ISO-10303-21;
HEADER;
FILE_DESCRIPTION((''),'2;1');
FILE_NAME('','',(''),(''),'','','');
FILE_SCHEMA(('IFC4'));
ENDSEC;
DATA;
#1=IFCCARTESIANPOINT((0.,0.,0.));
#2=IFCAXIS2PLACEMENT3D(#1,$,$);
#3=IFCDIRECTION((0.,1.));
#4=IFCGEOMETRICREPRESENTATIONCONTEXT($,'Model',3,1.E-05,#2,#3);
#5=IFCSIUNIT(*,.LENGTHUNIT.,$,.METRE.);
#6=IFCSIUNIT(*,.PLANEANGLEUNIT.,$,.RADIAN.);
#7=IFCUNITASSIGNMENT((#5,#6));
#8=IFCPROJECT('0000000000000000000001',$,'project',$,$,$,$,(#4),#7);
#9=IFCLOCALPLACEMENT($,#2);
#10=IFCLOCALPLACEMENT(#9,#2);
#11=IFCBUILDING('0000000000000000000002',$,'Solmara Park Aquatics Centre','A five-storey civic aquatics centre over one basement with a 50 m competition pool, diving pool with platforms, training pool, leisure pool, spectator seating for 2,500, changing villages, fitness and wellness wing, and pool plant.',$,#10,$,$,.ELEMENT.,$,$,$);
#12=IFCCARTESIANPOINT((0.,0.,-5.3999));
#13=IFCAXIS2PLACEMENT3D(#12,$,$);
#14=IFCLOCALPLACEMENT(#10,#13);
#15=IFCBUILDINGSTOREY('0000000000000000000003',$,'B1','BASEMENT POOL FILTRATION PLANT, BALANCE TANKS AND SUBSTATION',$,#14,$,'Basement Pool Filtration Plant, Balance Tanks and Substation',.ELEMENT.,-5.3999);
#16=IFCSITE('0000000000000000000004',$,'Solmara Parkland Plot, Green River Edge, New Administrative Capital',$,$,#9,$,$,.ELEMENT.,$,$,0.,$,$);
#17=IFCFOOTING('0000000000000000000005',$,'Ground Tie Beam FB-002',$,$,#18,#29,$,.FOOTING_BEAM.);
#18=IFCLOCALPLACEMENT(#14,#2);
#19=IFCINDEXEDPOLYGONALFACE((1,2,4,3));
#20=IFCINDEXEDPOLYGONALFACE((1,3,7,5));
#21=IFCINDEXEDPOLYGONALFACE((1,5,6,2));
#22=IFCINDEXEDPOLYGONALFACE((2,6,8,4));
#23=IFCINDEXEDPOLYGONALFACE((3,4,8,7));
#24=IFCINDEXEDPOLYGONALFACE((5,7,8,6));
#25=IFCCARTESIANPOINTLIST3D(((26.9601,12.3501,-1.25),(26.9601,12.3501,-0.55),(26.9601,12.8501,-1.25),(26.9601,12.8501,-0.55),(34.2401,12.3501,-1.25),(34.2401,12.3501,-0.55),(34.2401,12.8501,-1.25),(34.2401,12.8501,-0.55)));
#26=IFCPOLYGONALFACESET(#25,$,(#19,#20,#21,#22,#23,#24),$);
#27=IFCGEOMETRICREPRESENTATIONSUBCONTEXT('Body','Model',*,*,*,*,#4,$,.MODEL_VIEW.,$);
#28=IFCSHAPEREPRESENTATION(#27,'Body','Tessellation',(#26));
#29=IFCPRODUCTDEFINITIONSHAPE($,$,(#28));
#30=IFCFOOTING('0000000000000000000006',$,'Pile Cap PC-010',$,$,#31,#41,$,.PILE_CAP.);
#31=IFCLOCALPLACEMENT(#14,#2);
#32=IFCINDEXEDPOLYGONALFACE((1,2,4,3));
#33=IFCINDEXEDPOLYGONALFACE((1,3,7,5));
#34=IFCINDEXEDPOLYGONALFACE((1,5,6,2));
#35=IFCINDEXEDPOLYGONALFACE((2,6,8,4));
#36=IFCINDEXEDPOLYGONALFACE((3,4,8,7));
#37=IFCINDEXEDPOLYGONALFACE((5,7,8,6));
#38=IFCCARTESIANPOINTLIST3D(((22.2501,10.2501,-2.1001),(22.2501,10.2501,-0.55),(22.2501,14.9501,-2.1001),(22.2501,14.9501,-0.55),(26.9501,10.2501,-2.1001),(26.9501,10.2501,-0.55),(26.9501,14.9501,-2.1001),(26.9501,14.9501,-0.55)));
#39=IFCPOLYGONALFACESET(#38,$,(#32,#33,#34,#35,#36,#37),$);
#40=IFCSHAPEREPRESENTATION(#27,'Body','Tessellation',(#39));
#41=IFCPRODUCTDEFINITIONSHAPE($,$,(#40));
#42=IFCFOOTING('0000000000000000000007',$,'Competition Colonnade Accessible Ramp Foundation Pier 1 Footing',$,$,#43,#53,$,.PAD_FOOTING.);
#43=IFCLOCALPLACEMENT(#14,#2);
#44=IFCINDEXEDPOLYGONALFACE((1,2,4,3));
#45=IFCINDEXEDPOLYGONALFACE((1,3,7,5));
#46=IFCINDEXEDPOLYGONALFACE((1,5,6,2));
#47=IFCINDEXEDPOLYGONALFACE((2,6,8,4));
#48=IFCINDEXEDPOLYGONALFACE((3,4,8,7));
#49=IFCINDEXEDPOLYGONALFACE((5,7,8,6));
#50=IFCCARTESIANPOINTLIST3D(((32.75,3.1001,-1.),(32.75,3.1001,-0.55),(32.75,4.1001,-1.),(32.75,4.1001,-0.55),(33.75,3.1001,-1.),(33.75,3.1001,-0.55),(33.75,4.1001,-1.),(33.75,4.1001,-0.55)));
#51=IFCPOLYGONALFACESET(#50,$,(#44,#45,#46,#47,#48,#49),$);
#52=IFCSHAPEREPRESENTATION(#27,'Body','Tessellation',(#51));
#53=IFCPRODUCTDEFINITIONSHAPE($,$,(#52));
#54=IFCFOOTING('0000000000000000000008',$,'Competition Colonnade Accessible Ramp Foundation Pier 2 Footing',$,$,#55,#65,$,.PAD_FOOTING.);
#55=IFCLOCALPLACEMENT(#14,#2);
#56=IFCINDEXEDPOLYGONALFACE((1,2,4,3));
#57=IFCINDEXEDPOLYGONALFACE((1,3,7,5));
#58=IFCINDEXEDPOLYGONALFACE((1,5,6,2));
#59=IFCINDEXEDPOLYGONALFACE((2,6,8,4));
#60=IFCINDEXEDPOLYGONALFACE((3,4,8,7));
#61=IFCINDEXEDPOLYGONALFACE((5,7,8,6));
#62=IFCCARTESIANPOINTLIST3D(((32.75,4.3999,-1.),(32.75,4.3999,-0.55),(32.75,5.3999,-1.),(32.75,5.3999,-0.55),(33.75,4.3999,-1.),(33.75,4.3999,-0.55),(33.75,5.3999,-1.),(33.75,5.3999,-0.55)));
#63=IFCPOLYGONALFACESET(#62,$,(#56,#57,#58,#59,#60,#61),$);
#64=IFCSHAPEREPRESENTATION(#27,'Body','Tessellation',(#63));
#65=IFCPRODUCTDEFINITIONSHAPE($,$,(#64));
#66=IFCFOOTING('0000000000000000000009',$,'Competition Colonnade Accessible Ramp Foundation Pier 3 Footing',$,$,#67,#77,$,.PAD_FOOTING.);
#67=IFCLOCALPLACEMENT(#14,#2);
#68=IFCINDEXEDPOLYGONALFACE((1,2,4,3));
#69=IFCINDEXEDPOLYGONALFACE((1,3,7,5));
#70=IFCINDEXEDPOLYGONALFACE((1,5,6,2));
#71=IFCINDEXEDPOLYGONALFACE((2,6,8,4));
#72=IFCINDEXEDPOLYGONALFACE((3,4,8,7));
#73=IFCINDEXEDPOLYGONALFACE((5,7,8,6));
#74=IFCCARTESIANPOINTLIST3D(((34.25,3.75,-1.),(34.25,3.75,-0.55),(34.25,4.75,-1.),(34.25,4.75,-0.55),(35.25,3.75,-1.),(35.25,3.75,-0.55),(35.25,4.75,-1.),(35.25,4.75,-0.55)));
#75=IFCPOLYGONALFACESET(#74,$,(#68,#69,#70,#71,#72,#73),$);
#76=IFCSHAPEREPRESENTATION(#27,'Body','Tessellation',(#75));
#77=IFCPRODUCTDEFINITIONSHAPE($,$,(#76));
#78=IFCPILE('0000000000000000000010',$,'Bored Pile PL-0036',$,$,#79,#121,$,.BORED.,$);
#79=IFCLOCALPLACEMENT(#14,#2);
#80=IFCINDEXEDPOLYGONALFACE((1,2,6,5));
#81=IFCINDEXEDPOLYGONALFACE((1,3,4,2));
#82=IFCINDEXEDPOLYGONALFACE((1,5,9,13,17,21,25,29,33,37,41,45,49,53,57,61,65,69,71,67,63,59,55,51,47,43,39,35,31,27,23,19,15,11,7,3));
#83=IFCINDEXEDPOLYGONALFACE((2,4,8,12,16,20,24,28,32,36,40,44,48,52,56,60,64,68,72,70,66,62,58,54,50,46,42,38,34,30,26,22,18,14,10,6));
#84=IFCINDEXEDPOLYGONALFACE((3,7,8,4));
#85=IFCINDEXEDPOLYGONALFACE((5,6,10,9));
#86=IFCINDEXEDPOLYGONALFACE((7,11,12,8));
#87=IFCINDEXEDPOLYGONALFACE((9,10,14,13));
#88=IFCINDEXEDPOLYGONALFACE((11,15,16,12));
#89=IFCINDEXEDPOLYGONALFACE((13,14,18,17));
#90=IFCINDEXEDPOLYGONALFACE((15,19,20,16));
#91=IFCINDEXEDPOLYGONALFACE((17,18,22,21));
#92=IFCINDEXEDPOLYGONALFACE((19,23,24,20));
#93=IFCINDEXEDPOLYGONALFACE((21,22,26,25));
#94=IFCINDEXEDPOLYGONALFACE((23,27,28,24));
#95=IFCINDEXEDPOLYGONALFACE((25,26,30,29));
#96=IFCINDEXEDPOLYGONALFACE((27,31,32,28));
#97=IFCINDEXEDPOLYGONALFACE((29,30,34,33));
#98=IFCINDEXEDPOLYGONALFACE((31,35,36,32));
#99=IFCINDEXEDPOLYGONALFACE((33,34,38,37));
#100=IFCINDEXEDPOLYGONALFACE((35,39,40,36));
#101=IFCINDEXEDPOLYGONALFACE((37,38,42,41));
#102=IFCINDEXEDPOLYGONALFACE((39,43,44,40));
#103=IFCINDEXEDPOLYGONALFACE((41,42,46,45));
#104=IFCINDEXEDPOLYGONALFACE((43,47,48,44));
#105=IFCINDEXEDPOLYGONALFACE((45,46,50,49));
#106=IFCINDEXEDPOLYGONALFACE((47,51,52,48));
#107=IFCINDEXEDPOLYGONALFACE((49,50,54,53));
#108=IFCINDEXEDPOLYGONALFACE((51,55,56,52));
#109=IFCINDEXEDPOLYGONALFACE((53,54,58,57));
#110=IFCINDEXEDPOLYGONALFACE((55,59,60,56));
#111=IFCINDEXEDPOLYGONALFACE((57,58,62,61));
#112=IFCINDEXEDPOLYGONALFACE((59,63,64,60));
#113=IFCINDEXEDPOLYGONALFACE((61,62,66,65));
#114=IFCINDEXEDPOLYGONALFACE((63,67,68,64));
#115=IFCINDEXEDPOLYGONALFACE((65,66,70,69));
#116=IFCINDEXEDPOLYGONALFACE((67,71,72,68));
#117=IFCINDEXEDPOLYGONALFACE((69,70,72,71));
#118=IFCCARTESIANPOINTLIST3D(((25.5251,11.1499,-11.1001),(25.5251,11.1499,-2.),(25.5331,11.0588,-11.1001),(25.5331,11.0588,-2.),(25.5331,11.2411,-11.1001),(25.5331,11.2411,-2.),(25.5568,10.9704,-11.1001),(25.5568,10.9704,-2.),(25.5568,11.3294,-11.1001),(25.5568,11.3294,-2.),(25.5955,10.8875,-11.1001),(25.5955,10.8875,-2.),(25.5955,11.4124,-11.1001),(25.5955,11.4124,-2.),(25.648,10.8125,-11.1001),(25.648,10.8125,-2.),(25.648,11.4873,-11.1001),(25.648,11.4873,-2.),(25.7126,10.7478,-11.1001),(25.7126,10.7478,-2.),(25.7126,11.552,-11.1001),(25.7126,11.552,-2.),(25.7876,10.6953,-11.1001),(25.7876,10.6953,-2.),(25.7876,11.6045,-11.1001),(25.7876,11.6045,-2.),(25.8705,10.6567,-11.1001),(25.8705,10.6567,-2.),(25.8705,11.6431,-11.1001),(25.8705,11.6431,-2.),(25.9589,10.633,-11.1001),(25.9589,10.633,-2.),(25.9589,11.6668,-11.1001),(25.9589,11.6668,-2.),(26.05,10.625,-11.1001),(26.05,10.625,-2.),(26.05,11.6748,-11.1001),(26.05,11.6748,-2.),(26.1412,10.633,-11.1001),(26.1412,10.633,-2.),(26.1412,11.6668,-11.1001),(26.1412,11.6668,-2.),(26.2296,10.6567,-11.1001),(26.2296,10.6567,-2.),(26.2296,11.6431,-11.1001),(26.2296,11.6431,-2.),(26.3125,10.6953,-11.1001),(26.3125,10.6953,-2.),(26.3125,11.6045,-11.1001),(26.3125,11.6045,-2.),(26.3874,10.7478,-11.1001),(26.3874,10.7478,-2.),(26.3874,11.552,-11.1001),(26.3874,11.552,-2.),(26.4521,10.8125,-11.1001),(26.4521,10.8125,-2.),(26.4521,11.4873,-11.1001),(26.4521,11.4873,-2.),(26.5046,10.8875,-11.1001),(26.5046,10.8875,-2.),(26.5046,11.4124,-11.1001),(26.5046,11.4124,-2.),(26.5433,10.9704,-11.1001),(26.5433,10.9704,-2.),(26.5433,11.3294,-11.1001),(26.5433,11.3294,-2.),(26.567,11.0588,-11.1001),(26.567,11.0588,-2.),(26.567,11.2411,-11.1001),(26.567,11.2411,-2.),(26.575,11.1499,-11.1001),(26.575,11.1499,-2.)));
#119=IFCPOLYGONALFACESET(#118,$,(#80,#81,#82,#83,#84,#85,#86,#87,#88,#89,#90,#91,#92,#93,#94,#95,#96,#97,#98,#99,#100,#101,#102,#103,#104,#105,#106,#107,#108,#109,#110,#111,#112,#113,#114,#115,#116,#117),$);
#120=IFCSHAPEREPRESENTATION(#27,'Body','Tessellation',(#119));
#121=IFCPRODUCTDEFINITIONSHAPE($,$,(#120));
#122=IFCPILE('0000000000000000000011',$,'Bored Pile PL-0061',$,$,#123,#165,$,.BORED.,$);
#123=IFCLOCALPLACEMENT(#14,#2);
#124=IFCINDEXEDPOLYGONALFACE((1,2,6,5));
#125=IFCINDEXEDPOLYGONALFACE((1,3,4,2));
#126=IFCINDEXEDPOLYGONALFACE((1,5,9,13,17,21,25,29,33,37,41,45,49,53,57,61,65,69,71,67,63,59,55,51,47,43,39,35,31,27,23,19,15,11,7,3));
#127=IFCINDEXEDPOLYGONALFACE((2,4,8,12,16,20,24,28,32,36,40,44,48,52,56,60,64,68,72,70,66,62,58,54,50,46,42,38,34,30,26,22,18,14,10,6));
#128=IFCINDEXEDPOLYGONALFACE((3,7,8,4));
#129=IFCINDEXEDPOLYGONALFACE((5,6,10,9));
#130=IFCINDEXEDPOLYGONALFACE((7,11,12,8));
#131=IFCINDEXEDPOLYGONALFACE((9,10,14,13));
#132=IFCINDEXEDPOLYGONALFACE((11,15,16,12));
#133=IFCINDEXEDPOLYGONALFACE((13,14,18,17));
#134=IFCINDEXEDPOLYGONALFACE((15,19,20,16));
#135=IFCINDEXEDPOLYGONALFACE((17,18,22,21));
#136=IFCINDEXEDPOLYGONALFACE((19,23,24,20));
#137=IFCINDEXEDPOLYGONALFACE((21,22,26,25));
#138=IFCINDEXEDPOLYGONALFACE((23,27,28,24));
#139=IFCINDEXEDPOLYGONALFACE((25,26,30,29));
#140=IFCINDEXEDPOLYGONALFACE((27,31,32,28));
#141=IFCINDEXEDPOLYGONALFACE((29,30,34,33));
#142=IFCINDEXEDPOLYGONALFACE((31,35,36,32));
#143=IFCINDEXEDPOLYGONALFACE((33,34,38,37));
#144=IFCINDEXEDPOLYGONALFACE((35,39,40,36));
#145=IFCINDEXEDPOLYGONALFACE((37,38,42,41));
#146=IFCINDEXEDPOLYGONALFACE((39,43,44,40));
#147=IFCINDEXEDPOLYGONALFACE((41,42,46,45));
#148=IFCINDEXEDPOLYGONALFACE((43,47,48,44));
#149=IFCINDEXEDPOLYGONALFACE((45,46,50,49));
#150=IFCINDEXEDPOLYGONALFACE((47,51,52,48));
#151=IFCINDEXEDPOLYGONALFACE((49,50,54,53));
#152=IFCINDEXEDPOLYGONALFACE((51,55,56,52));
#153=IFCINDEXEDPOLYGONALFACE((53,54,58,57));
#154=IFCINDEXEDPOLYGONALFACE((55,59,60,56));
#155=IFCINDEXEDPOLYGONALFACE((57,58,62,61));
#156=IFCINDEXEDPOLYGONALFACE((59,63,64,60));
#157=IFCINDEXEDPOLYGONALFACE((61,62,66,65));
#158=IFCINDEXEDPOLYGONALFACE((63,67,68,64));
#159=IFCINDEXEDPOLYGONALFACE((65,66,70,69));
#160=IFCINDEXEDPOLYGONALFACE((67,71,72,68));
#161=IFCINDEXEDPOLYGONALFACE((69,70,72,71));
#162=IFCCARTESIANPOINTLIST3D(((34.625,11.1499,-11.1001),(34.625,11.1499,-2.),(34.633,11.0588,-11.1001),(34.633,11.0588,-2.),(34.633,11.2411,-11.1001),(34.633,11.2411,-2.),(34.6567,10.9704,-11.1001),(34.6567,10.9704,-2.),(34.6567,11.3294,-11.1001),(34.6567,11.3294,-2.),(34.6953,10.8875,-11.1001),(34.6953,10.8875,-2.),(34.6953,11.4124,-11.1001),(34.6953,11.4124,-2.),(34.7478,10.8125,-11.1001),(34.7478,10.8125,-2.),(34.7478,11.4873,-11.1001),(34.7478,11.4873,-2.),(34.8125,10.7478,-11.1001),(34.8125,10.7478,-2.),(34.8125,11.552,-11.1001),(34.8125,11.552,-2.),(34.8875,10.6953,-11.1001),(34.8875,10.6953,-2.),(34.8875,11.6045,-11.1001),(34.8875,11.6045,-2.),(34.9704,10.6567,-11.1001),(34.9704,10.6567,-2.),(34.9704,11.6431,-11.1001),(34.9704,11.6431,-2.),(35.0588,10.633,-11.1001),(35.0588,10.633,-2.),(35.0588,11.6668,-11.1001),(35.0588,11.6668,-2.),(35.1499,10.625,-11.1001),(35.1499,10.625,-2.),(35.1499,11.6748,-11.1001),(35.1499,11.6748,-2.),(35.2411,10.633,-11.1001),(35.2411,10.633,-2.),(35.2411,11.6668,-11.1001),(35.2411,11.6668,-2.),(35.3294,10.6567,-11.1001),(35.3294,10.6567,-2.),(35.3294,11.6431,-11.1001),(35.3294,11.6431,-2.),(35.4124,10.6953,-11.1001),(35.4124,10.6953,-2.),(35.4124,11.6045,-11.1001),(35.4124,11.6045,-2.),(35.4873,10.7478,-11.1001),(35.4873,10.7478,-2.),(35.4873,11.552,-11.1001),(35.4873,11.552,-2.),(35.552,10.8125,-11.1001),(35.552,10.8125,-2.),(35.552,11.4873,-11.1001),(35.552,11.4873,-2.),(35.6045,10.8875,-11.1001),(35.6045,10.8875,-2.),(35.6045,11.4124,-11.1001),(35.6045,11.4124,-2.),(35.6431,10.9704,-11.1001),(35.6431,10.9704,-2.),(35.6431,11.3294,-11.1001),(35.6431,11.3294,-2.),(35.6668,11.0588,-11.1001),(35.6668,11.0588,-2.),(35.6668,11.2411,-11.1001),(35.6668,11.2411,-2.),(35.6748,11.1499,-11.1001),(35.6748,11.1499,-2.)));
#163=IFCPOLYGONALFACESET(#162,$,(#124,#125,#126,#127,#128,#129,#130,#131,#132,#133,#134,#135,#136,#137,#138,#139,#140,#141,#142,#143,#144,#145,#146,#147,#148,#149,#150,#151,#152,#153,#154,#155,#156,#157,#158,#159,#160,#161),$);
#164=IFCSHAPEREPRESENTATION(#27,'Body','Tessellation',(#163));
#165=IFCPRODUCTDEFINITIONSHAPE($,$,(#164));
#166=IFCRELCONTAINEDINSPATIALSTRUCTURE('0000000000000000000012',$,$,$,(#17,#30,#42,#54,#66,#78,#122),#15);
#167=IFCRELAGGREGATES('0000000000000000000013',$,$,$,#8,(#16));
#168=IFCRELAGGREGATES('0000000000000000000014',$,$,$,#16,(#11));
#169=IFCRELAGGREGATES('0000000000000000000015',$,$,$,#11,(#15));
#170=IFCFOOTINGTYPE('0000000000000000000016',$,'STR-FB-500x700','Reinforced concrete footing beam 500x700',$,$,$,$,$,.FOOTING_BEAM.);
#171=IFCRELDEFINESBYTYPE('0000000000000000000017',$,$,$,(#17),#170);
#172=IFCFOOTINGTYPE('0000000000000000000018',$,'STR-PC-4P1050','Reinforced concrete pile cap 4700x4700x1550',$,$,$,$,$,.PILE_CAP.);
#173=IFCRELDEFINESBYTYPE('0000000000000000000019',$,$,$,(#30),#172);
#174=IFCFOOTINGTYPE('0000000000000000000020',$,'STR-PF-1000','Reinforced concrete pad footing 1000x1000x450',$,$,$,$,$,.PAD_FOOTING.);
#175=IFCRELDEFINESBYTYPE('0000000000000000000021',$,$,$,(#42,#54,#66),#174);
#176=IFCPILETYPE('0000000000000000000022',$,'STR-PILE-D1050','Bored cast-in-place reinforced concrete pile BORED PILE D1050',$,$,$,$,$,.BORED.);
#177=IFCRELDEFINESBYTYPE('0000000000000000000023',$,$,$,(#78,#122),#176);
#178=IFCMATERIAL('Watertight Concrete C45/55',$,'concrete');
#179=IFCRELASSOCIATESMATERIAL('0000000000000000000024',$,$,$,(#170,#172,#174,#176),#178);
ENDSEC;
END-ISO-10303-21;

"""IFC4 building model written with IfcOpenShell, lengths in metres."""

from ifc_helpers import new_model, si_unit, direction, frame, origin, origin_2d, place, context, subcontext, project, spatial, rectangle, circle, extrude, material, material_profile, profile_set, type_object, element, save


model = new_model("IFC4")

# Units and contexts
model_context = context("Model", 3, precision=1e-05, world=origin(), true_north=direction((0.0, 1.0)))
body_context = subcontext(model_context, "Body", "Model", "MODEL_VIEW")
ifc_project = project(units=[si_unit("LENGTHUNIT", "METRE"), si_unit("PLANEANGLEUNIT", "RADIAN")], contexts=[model_context])

# Site, building, storey
site_placement = place(None, origin())
site = spatial("IfcSite", under=ifc_project, at=site_placement, Name="Solmara Parkland Plot, Green River Edge, New Administrative Capital", CompositionType="ELEMENT", RefElevation=0.0)
building_placement = place(site_placement, origin())
building = spatial("IfcBuilding", under=site, at=building_placement, Name="Solmara Park Aquatics Centre", Description="A five-storey civic aquatics centre over one basement with a 50 m competition pool, diving pool with platforms, training pool, leisure pool, spectator seating for 2,500, changing villages, fitness and wellness wing, and pool plant.", CompositionType="ELEMENT")
storey_placement = place(building_placement, frame((0.0, 0.0, -5.3999)))
storey = spatial("IfcBuildingStorey", under=building, at=storey_placement, Name="B1", Description="BASEMENT POOL FILTRATION PLANT, BALANCE TANKS AND SUBSTATION", LongName="Basement Pool Filtration Plant, Balance Tanks and Substation", CompositionType="ELEMENT", Elevation=-5.3999)

# Footings
ifc_material_1 = material(Name="Watertight Concrete C45/55", Category="concrete")
footing_type_1 = type_object("IfcFootingType", Name="STR-FB-500x700", Description="Reinforced concrete footing beam 500x700", PredefinedType="FOOTING_BEAM", material=ifc_material_1)
footing_1_placement = place(storey_placement, frame((30.6001, 12.6001, -1.25), z_axis=(0.0, 0.0, 1.0), x_axis=(1.0, 0.0, 0.0)))
element("IfcFooting", 1, at=footing_1_placement, inside=storey, type_object=footing_type_1, Name="Ground Tie Beam FB-002", PredefinedType="FOOTING_BEAM", context=body_context, shape_type="SweptSolid", body=[
    extrude(rectangle(XDim=7.28, YDim=0.5, at=origin_2d()), origin(), (0.0, 0.0, 1.0), 0.7),
])
footing_type_2 = type_object("IfcFootingType", Name="STR-PC-4P1050", Description="Reinforced concrete pile cap 4700x4700x1550", PredefinedType="PILE_CAP", material=ifc_material_1)
footing_2_placement = place(storey_placement, frame((24.6001, 12.6001, -2.1001), z_axis=(0.0, 0.0, 1.0), x_axis=(1.0, 0.0, 0.0)))
element("IfcFooting", 2, at=footing_2_placement, inside=storey, type_object=footing_type_2, Name="Pile Cap PC-010", PredefinedType="PILE_CAP", context=body_context, shape_type="SweptSolid", body=[
    extrude(rectangle(XDim=4.7, YDim=4.7, at=origin_2d()), origin(), (0.0, 0.0, 1.0), 1.55),
])
footing_type_3 = type_object("IfcFootingType", Name="STR-PF-1000", Description="Reinforced concrete pad footing 1000x1000x450", PredefinedType="PAD_FOOTING", material=ifc_material_1)
for number, where, z_axis, x_axis, name in (
    (3, (33.25, 3.6001, -1.0), (0.0, 0.0, 1.0), (1.0, 0.0, 0.0), "Competition Colonnade Accessible Ramp Foundation Pier 1 Footing"),
    (4, (33.25, 4.8999, -1.0), (0.0, 0.0, 1.0), (1.0, 0.0, 0.0), "Competition Colonnade Accessible Ramp Foundation Pier 2 Footing"),
    (5, (34.75, 4.25, -1.0), (0.0, 0.0, 1.0), (1.0, 0.0, 0.0), "Competition Colonnade Accessible Ramp Foundation Pier 3 Footing"),
):
    element("IfcFooting", number, at=place(storey_placement, frame(where, z_axis=z_axis, x_axis=x_axis)), inside=storey, type_object=footing_type_3, Name=name, PredefinedType="PAD_FOOTING", context=body_context, shape_type="SweptSolid", body=[
        extrude(rectangle(XDim=1.0, YDim=1.0, at=origin_2d()), origin(), (0.0, 0.0, 1.0), 0.45),
    ])

# Piles
ifc_material_profile_1 = material_profile(ifc_material_1, circle(Radius=0.5249, at=origin_2d()), Name="BORED PILE D1050")
ifc_profile_set_1 = profile_set([ifc_material_profile_1], Name="Watertight Concrete C45/55")
pile_type = type_object("IfcPileType", Name="STR-PILE-D1050", Description="Bored cast-in-place reinforced concrete pile BORED PILE D1050", PredefinedType="BORED", material=ifc_profile_set_1)
for number, where, z_axis, x_axis, name in (
    (6, (26.05, 11.1499, -2.0), (0.0, 0.0, -1.0), (1.0, 0.0, 0.0), "Bored Pile PL-0036"),
    (7, (35.1499, 11.1499, -2.0), (0.0, 0.0, -1.0), (1.0, 0.0, 0.0), "Bored Pile PL-0061"),
):
    element("IfcPile", number, at=place(storey_placement, frame(where, z_axis=z_axis, x_axis=x_axis)), inside=storey, type_object=pile_type, Name=name, PredefinedType="BORED", context=body_context, shape_type="SweptSolid", body=[
        extrude(circle(Radius=0.5249, at=origin_2d()), origin(), (0.0, 0.0, 1.0), 9.1001),
    ])

save(model, "model.ifc")
